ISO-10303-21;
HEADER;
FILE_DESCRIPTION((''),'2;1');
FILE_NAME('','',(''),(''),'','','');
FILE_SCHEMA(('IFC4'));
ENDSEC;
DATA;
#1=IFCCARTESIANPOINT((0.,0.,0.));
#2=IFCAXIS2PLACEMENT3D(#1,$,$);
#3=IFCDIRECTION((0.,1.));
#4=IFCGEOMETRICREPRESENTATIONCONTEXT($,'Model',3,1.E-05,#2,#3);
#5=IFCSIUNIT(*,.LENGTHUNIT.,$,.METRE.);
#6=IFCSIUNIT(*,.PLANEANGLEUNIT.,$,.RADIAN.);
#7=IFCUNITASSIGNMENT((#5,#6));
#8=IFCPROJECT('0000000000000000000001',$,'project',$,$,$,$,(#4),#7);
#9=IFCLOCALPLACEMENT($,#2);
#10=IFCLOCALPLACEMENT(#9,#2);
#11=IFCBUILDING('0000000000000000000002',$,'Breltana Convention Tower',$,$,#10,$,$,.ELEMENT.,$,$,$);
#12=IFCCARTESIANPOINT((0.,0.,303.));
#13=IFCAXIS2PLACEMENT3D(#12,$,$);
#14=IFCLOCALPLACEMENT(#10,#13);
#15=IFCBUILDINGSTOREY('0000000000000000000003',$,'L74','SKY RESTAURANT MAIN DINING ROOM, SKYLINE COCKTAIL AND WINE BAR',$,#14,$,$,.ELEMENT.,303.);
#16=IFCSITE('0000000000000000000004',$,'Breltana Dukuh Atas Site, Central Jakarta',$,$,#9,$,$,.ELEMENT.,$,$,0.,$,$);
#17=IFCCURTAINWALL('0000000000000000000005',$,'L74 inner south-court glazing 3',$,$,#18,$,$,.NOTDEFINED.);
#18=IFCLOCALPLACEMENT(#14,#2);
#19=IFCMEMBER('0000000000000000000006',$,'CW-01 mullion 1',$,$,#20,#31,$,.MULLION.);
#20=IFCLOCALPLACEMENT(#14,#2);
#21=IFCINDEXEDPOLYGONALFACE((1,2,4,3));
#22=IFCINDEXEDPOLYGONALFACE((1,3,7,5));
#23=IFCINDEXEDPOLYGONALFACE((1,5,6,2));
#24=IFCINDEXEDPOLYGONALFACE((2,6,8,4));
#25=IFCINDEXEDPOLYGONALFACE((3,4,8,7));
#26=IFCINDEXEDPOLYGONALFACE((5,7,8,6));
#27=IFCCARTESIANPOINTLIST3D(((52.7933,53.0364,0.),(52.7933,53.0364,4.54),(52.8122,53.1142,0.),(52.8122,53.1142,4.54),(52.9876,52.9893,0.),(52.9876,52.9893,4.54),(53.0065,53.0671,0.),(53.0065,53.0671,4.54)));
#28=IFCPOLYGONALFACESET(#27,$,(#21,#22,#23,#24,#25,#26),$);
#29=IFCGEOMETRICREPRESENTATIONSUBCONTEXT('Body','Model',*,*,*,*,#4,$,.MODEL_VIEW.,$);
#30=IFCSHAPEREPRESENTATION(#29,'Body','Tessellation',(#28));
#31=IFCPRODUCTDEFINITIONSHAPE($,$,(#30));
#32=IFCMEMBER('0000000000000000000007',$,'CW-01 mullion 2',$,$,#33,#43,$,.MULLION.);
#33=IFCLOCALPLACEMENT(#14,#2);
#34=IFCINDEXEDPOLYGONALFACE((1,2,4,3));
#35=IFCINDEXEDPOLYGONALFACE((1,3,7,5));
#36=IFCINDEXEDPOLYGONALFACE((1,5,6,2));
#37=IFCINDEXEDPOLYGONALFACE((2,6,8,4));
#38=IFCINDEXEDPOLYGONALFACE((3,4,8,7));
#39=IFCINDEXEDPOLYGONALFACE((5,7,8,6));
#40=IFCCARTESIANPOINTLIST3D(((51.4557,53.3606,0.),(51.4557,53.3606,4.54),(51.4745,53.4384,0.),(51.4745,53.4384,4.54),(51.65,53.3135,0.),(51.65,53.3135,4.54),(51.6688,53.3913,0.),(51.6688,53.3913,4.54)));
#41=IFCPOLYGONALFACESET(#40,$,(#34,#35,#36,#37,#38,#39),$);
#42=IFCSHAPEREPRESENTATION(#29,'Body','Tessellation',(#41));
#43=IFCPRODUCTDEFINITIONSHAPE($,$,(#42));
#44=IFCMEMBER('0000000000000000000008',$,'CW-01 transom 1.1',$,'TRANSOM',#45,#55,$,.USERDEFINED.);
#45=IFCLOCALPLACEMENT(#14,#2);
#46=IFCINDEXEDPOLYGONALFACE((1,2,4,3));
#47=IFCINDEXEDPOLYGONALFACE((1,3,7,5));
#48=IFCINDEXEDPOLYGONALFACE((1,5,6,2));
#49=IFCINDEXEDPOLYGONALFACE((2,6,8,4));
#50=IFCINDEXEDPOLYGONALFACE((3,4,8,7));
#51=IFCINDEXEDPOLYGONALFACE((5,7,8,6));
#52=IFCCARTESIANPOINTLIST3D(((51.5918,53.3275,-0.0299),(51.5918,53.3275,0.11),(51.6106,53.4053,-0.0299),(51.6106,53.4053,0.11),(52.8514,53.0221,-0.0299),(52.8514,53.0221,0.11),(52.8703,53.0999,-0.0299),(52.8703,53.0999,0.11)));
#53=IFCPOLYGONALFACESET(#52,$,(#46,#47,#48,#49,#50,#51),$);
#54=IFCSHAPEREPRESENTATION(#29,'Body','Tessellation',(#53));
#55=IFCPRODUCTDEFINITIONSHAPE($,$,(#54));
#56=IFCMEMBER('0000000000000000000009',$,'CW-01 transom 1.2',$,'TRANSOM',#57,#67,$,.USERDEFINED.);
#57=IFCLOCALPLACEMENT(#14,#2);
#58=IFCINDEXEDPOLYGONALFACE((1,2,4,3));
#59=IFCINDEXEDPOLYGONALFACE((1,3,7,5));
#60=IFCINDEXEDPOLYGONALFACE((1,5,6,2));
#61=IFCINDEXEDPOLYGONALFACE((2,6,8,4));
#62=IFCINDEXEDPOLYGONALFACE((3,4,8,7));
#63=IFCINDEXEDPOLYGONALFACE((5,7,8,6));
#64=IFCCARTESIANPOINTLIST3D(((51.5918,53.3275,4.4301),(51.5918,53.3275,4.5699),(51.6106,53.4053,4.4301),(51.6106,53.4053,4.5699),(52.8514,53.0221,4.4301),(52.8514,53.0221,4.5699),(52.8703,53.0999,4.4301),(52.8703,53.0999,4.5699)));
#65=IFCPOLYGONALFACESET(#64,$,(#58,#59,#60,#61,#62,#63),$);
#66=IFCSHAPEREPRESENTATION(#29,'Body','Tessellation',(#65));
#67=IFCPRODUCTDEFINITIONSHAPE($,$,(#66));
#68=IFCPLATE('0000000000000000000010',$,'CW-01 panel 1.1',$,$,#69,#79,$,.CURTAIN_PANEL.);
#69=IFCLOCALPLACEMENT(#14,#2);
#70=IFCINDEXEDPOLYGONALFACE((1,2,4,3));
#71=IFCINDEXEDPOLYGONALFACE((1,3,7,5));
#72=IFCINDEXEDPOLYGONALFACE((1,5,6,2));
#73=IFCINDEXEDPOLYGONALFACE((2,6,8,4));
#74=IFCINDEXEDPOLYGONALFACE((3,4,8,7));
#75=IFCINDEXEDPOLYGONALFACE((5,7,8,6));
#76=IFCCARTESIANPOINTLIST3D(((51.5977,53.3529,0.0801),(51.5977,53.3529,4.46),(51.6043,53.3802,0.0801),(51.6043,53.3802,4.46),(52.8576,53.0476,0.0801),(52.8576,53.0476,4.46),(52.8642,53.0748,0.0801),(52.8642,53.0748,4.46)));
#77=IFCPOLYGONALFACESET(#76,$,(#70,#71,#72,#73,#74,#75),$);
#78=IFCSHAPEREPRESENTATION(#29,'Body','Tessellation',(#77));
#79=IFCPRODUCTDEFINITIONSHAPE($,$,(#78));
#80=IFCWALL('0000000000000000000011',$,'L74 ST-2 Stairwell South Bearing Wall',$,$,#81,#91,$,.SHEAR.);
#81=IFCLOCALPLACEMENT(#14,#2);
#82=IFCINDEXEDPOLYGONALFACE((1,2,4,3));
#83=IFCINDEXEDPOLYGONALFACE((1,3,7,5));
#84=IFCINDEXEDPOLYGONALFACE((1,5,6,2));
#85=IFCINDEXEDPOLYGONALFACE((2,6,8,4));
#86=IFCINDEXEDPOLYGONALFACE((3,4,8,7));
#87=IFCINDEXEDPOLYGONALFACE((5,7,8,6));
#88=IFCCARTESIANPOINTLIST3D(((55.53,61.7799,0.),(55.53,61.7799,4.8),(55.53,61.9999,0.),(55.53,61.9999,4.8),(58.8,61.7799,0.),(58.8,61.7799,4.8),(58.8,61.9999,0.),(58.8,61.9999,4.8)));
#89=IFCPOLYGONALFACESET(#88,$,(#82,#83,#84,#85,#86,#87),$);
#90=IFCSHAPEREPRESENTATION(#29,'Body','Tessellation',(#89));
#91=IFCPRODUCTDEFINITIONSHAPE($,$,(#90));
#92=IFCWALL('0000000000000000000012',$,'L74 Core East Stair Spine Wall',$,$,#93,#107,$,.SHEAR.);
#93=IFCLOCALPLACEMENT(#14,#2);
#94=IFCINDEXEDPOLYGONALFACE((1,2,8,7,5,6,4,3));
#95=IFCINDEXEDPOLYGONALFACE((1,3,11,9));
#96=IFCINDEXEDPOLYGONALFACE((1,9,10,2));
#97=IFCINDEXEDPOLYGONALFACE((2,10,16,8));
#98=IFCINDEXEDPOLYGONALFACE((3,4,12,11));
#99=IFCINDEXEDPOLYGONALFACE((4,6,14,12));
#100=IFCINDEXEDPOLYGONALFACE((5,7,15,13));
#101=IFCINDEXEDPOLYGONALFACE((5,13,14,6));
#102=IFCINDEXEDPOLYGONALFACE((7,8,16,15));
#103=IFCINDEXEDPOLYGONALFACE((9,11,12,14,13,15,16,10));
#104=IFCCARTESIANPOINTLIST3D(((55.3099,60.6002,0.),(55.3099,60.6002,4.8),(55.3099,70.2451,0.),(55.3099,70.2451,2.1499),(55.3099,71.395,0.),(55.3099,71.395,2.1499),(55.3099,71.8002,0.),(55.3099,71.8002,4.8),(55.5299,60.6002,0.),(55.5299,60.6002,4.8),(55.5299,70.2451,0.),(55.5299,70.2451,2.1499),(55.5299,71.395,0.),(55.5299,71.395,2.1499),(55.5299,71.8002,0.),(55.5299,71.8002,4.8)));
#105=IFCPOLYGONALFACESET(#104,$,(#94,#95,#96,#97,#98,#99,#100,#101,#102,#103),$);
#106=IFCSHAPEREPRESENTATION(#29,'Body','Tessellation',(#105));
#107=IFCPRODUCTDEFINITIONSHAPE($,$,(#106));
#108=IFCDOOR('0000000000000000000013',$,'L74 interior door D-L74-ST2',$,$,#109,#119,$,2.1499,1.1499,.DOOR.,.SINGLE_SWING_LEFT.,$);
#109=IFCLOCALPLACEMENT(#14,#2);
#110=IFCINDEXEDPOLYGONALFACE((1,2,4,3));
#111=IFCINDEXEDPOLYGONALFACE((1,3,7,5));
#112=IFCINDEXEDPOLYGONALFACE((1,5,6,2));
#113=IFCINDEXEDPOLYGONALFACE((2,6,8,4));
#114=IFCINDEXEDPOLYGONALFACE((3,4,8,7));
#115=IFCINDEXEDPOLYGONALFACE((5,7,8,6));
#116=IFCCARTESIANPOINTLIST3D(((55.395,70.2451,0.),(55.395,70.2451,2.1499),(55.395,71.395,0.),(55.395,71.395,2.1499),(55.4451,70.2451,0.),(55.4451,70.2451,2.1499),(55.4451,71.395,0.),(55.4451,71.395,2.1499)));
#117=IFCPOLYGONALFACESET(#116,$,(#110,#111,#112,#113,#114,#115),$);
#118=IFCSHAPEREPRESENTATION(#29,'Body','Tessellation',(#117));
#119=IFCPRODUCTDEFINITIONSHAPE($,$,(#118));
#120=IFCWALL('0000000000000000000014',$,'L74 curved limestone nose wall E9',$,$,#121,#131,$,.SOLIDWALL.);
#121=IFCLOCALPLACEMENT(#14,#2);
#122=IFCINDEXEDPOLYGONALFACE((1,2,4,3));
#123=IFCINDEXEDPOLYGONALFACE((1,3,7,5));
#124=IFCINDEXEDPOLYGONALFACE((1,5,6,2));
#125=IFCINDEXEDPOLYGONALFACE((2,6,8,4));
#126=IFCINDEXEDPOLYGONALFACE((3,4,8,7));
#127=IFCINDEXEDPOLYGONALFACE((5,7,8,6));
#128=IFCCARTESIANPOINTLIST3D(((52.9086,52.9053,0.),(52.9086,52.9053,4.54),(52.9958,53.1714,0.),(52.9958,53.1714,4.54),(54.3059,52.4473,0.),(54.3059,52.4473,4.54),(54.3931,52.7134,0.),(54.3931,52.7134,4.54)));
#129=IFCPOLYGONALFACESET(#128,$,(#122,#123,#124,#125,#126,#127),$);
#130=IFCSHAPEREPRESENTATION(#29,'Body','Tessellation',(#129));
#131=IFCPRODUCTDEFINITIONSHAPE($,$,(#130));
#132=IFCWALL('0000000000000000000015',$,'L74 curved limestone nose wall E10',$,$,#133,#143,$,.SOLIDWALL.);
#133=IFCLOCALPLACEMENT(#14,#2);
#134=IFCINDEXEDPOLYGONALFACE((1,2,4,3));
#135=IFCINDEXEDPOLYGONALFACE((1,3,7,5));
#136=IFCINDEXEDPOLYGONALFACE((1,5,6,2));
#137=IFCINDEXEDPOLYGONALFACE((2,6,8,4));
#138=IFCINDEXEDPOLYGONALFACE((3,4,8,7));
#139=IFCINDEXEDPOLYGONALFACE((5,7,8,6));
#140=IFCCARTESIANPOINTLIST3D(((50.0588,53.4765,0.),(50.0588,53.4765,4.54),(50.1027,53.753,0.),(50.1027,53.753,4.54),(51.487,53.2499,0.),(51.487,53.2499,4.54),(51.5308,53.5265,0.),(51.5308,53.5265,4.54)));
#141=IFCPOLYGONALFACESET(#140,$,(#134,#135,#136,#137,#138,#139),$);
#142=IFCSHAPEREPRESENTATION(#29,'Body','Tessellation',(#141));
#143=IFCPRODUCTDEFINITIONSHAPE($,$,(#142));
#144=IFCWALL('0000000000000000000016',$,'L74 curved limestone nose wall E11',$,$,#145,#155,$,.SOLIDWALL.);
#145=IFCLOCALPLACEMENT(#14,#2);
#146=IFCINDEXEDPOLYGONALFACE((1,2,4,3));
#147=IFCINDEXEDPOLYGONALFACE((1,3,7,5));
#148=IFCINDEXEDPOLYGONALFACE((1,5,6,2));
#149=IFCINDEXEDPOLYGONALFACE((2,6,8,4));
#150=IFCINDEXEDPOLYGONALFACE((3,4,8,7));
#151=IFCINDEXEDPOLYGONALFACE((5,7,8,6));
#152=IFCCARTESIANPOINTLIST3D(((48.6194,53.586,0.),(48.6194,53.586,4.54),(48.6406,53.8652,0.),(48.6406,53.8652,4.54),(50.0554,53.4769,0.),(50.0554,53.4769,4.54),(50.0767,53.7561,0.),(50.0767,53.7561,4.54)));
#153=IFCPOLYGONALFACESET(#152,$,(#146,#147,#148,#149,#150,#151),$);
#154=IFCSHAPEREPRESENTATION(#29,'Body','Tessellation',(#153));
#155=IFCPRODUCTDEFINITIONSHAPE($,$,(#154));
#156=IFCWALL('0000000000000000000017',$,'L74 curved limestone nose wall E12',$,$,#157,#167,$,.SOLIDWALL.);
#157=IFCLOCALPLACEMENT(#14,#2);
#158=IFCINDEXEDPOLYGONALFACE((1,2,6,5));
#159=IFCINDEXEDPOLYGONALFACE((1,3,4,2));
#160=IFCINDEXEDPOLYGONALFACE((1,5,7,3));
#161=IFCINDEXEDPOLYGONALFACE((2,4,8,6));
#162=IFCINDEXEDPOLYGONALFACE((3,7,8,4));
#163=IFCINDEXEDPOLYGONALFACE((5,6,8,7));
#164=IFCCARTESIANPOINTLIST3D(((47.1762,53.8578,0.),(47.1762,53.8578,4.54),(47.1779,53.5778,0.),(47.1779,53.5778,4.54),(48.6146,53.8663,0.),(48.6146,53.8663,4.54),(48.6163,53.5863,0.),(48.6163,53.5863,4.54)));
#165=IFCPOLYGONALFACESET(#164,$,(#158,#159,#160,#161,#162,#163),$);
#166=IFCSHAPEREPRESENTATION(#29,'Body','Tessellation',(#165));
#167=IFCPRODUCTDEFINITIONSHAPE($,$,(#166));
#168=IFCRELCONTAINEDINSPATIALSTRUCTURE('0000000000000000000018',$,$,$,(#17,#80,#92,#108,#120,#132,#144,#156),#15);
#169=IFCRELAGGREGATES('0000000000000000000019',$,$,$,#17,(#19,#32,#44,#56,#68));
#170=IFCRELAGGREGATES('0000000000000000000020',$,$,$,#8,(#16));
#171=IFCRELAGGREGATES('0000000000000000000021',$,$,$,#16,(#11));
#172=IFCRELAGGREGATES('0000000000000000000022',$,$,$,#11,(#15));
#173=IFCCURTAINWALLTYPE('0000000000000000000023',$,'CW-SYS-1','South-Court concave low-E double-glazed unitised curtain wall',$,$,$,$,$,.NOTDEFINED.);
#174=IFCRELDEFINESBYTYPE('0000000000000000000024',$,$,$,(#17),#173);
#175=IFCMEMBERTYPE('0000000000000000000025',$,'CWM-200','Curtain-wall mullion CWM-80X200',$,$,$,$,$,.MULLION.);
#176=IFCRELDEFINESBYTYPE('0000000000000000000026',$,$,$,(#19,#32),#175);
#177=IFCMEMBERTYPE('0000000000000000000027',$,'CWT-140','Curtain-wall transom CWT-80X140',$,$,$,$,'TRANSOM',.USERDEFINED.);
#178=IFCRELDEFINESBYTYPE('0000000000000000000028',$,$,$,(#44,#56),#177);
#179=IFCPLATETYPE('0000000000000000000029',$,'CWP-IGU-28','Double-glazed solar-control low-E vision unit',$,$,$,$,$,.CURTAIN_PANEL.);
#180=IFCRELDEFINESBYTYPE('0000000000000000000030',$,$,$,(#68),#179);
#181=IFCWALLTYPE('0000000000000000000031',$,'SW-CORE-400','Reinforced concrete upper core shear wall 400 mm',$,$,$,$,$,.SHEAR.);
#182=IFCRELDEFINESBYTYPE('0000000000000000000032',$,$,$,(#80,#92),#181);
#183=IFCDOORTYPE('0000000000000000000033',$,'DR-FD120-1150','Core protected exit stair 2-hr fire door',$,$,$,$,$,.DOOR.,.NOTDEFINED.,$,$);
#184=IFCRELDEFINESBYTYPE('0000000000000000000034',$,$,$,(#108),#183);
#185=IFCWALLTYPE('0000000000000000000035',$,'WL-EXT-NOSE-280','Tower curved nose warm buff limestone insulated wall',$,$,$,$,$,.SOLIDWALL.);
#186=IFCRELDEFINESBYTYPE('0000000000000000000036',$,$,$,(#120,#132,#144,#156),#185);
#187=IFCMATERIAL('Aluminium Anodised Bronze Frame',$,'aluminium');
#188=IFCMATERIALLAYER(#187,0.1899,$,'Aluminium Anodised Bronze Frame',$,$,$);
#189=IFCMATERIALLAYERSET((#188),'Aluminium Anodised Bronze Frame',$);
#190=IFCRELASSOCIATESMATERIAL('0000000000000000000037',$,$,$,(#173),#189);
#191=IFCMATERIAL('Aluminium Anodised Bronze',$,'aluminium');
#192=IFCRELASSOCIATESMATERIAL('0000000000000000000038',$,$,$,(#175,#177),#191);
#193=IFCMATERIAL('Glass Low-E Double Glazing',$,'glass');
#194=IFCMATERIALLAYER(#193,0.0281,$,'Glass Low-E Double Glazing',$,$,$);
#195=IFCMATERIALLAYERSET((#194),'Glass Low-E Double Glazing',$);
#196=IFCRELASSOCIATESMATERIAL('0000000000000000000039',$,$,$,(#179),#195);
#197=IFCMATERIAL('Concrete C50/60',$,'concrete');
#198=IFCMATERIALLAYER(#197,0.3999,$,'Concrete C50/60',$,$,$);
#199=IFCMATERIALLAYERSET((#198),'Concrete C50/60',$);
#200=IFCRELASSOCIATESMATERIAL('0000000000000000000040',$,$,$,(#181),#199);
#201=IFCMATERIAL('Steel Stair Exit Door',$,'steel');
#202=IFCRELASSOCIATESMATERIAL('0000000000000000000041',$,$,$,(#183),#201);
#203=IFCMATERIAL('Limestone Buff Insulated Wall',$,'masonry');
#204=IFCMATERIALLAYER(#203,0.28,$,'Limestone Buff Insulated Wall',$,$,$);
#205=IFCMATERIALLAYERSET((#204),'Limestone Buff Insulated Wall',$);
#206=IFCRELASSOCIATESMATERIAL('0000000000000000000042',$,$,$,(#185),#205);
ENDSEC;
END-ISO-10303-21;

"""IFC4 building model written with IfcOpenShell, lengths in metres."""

from ifc_helpers import new_model, si_unit, direction, frame, frame_2d, origin, origin_2d, place, context, subcontext, project, spatial, rectangle, extrude, source, transform, mapped, material, layer, layer_set, material_profile, profile_set, type_object, type_shapes, element, fill, aggregate, save


model = new_model("IFC4")

# Units and contexts
model_context = context("Model", 3, precision=1e-05, world=origin(), true_north=direction((0.0, 1.0)))
body_context = subcontext(model_context, "Body", "Model", "MODEL_VIEW")
ifc_project = project(units=[si_unit("LENGTHUNIT", "METRE"), si_unit("PLANEANGLEUNIT", "RADIAN")], contexts=[model_context])

# Site, building, storey
site_placement = place(None, origin())
site = spatial("IfcSite", under=ifc_project, at=site_placement, Name="Breltana Dukuh Atas Site, Central Jakarta", CompositionType="ELEMENT", RefElevation=0.0)
building_placement = place(site_placement, origin())
building = spatial("IfcBuilding", under=site, at=building_placement, Name="Breltana Convention Tower", CompositionType="ELEMENT")
storey_placement = place(building_placement, frame((0.0, 0.0, 303.0)))
storey = spatial("IfcBuildingStorey", under=building, at=storey_placement, Name="L74", Description="SKY RESTAURANT MAIN DINING ROOM, SKYLINE COCKTAIL AND WINE BAR", CompositionType="ELEMENT", Elevation=303.0)

# Curtain wall, members, plate
ifc_material_1 = material(Name="Aluminium Anodised Bronze Frame", Category="aluminium")
ifc_layer_1 = layer(ifc_material_1, 0.1899, Name="Aluminium Anodised Bronze Frame")
ifc_layer_set_1 = layer_set([ifc_layer_1], Name="Aluminium Anodised Bronze Frame")
curtain_wall_type = type_object("IfcCurtainWallType", Name="CW-SYS-1", Description="South-Court concave low-E double-glazed unitised curtain wall", PredefinedType="NOTDEFINED", material=ifc_layer_set_1)
curtain_wall_placement = place(storey_placement, origin())
curtain_wall = element("IfcCurtainWall", 1, at=curtain_wall_placement, inside=storey, type_object=curtain_wall_type, Name="L74 inner south-court glazing 3", PredefinedType="NOTDEFINED")
ifc_material_2 = material(Name="Aluminium Anodised Bronze", Category="aluminium")
ifc_material_profile_1 = material_profile(ifc_material_2, rectangle(XDim=0.0801, YDim=0.2, at=origin_2d()), Name="CWM-80X200")
ifc_profile_set_1 = profile_set([ifc_material_profile_1], Name="Aluminium Anodised Bronze")
member_type_1 = type_object("IfcMemberType", Name="CWM-200", Description="Curtain-wall mullion CWM-80X200", PredefinedType="MULLION", material=ifc_profile_set_1)
shared_shape_1 = source(origin(), body_context, "Body", "SweptSolid", [
    extrude(rectangle(XDim=0.0801, YDim=0.2, at=origin_2d()), origin(), (0.0, 0.0, 1.0), 4.54),
])
member_1_placement = place(storey_placement, frame((52.8999, 53.0518, 0.0), z_axis=(0.0, 0.0, 1.0), x_axis=(-0.235517, -0.97187, 0.0)))
member_1 = element("IfcMember", 2, at=member_1_placement, type_object=member_type_1, Name="CW-01 mullion 1", PredefinedType="MULLION", context=body_context, shape_type="MappedRepresentation", body=[
    mapped(shared_shape_1, transform((0.0, 0.0, 0.0), scale=1.0)),
])
member_2_placement = place(storey_placement, frame((51.5623, 53.376, 0.0), z_axis=(0.0, 0.0, 1.0), x_axis=(-0.235517, -0.97187, 0.0)))
member_2 = element("IfcMember", 3, at=member_2_placement, type_object=member_type_1, Name="CW-01 mullion 2", PredefinedType="MULLION", context=body_context, shape_type="MappedRepresentation", body=[
    mapped(shared_shape_1, transform((0.0, 0.0, 0.0), scale=1.0)),
])
ifc_material_profile_2 = material_profile(ifc_material_2, rectangle(XDim=0.0801, YDim=0.1399, at=origin_2d()), Name="CWT-80X140")
ifc_profile_set_2 = profile_set([ifc_material_profile_2], Name="Aluminium Anodised Bronze")
member_type_2 = type_object("IfcMemberType", Name="CWT-140", Description="Curtain-wall transom CWT-80X140", ElementType="TRANSOM", PredefinedType="USERDEFINED", material=ifc_profile_set_2)
shared_shape_2 = source(origin(), body_context, "Body", "SweptSolid", [
    extrude(rectangle(XDim=0.0801, YDim=0.1399, at=origin_2d()), origin(), (0.0, 0.0, 1.0), 1.2961),
])
member_3_placement = place(storey_placement, frame((52.8608, 53.061, 0.04), z_axis=(-0.971846, 0.235616, 0.0), x_axis=(-0.235616, -0.971846, 0.0)))
member_3 = element("IfcMember", 4, at=member_3_placement, type_object=member_type_2, Name="CW-01 transom 1.1", ObjectType="TRANSOM", PredefinedType="USERDEFINED", context=body_context, shape_type="MappedRepresentation", body=[
    mapped(shared_shape_2, transform((0.0, 0.0, 0.0), scale=1.0)),
])
member_4_placement = place(storey_placement, frame((52.8608, 53.061, 4.5), z_axis=(-0.971846, 0.235616, 0.0), x_axis=(-0.235616, -0.971846, 0.0)))
member_4 = element("IfcMember", 5, at=member_4_placement, type_object=member_type_2, Name="CW-01 transom 1.2", ObjectType="TRANSOM", PredefinedType="USERDEFINED", context=body_context, shape_type="MappedRepresentation", body=[
    mapped(shared_shape_2, transform((0.0, 0.0, 0.0), scale=1.0)),
])
ifc_material_3 = material(Name="Glass Low-E Double Glazing", Category="glass")
ifc_layer_2 = layer(ifc_material_3, 0.0281, Name="Glass Low-E Double Glazing")
ifc_layer_set_2 = layer_set([ifc_layer_2], Name="Glass Low-E Double Glazing")
plate_type = type_object("IfcPlateType", Name="CWP-IGU-28", Description="Double-glazed solar-control low-E vision unit", PredefinedType="CURTAIN_PANEL", material=ifc_layer_set_2)
shared_shape_3 = source(origin(), body_context, "Body", "SweptSolid", [
    extrude(rectangle(XDim=1.2964, YDim=0.0281, at=origin_2d()), origin(), (0.0, 0.0, 1.0), 4.3799),
])
plate_placement = place(storey_placement, frame((52.231, 53.2139, 0.0801), z_axis=(0.0, 0.0, 1.0), x_axis=(-0.97187, 0.235517, 0.0)))
plate = element("IfcPlate", 6, at=plate_placement, type_object=plate_type, Name="CW-01 panel 1.1", PredefinedType="CURTAIN_PANEL", context=body_context, shape_type="MappedRepresentation", body=[
    mapped(shared_shape_3, transform((0.0, 0.0, 0.0), scale=1.0)),
])
aggregate(curtain_wall, [member_1, member_2, member_3, member_4, plate])

# Wall
ifc_material_4 = material(Name="Concrete C50/60", Category="concrete")
ifc_layer_3 = layer(ifc_material_4, 0.3999, Name="Concrete C50/60")
ifc_layer_set_3 = layer_set([ifc_layer_3], Name="Concrete C50/60")
wall_type_1 = type_object("IfcWallType", Name="SW-CORE-400", Description="Reinforced concrete upper core shear wall 400 mm", PredefinedType="SHEAR", material=ifc_layer_set_3)
shared_shape_4 = source(origin(), body_context, "Body", "SweptSolid", [
    extrude(rectangle(XDim=3.27, YDim=0.22, at=frame_2d((1.635, 0.0))), origin(), (0.0, 0.0, 1.0), 4.8),
])
wall_1_placement = place(storey_placement, frame((55.53, 61.8899, 0.0), z_axis=(0.0, 0.0, 1.0), x_axis=(1.0, 0.0, 0.0)))
element("IfcWall", 7, at=wall_1_placement, inside=storey, type_object=wall_type_1, Name="L74 ST-2 Stairwell South Bearing Wall", PredefinedType="SHEAR", context=body_context, shape_type="MappedRepresentation", body=[
    mapped(shared_shape_4, transform((0.0, 0.0, 0.0), scale=1.0)),
])

# Wall, opening, door
shared_shape_5 = source(origin(), body_context, "Body", "SweptSolid", [
    extrude(rectangle(XDim=11.2, YDim=0.22, at=frame_2d((5.6001, 0.0))), origin(), (0.0, 0.0, 1.0), 4.8),
])
wall_2_placement = place(storey_placement, frame((55.4199, 60.6001, 0.0), z_axis=(0.0, 0.0, 1.0), x_axis=(0.0, 1.0, 0.0)))
wall_2 = element("IfcWall", 8, at=wall_2_placement, inside=storey, type_object=wall_type_1, Name="L74 Core East Stair Spine Wall", PredefinedType="SHEAR", context=body_context, shape_type="MappedRepresentation", body=[
    mapped(shared_shape_5, transform((0.0, 0.0, 0.0), scale=1.0)),
])
opening_1_placement = place(wall_2_placement, frame((9.645, 0.0, 0.0)))
opening_1 = element("IfcOpeningElement", 9, at=opening_1_placement, cuts=wall_2, PredefinedType="OPENING", context=body_context, shape_type="SweptSolid", body=[
    extrude(rectangle(XDim=1.1499, YDim=2.1499, at=frame_2d((0.575, 1.075))), frame((0.0, 0.1201, 0.0), z_axis=(0.0, -1.0, 0.0), x_axis=(1.0, 0.0, 0.0)), (0.0, 0.0, 1.0), 0.24),
])
ifc_material_5 = material(Name="Steel Stair Exit Door", Category="steel")
door_type_1 = type_object("IfcDoorType", Name="DR-FD120-1150", Description="Core protected exit stair 2-hr fire door", OperationType="NOTDEFINED", PredefinedType="DOOR", material=ifc_material_5)
shared_shape_6 = source(origin(), body_context, "Body", "SweptSolid", [
    extrude(rectangle(XDim=1.1499, YDim=2.1499, at=frame_2d((0.575, 1.075))), frame((0.0, 0.0249, 0.0), z_axis=(0.0, -1.0, 0.0), x_axis=(1.0, 0.0, 0.0)), (0.0, 0.0, 1.0), 0.05),
])
type_shapes(door_type_1, [shared_shape_6])
door_1_placement = place(opening_1_placement, origin())
door_1 = element("IfcDoor", 10, at=door_1_placement, inside=storey, type_object=door_type_1, Name="L74 interior door D-L74-ST2", OperationType="SINGLE_SWING_LEFT", OverallHeight=2.1499, OverallWidth=1.1499, PredefinedType="DOOR", context=body_context, shape_type="MappedRepresentation", body=[
    mapped(shared_shape_6, transform((0.0, 0.0, 0.0), scale=1.0)),
])
fill(opening_1, door_1)

# Walls
ifc_material_6 = material(Name="Limestone Buff Insulated Wall", Category="masonry")
ifc_layer_4 = layer(ifc_material_6, 0.28, Name="Limestone Buff Insulated Wall")
ifc_layer_set_4 = layer_set([ifc_layer_4], Name="Limestone Buff Insulated Wall")
wall_type_2 = type_object("IfcWallType", Name="WL-EXT-NOSE-280", Description="Tower curved nose warm buff limestone insulated wall", PredefinedType="SOLIDWALL", material=ifc_layer_set_4)
shared_shape_7 = source(origin(), body_context, "Body", "SweptSolid", [
    extrude(rectangle(XDim=1.4705, YDim=0.28, at=frame_2d((0.7354, 0.0))), origin(), (0.0, 0.0, 1.0), 4.54),
])
wall_3_placement = place(storey_placement, frame((54.3496, 52.5803, 0.0), z_axis=(0.0, 0.0, 1.0), x_axis=(-0.950249, 0.311492, 0.0)))
element("IfcWall", 11, at=wall_3_placement, inside=storey, type_object=wall_type_2, Name="L74 curved limestone nose wall E9", PredefinedType="SOLIDWALL", context=body_context, shape_type="MappedRepresentation", body=[
    mapped(shared_shape_7, transform((0.0, 0.0, 0.0), scale=1.0)),
])
shared_shape_8 = source(origin(), body_context, "Body", "SweptSolid", [
    extrude(rectangle(XDim=1.446, YDim=0.28, at=frame_2d((0.7231, 0.0))), origin(), (0.0, 0.0, 1.0), 4.54),
])
wall_4_placement = place(storey_placement, frame((51.509, 53.3882, 0.0), z_axis=(0.0, 0.0, 1.0), x_axis=(-0.98765, 0.156673, 0.0)))
element("IfcWall", 12, at=wall_4_placement, inside=storey, type_object=wall_type_2, Name="L74 curved limestone nose wall E10", PredefinedType="SOLIDWALL", context=body_context, shape_type="MappedRepresentation", body=[
    mapped(shared_shape_8, transform((0.0, 0.0, 0.0), scale=1.0)),
])
shared_shape_9 = source(origin(), body_context, "Body", "SweptSolid", [
    extrude(rectangle(XDim=1.4402, YDim=0.28, at=frame_2d((0.7202, 0.0))), origin(), (0.0, 0.0, 1.0), 4.54),
])
wall_5_placement = place(storey_placement, frame((50.0662, 53.6165, 0.0), z_axis=(0.0, 0.0, 1.0), x_axis=(-0.997125, 0.075776, 0.0)))
element("IfcWall", 13, at=wall_5_placement, inside=storey, type_object=wall_type_2, Name="L74 curved limestone nose wall E11", PredefinedType="SOLIDWALL", context=body_context, shape_type="MappedRepresentation", body=[
    mapped(shared_shape_9, transform((0.0, 0.0, 0.0), scale=1.0)),
])
shared_shape_10 = source(origin(), body_context, "Body", "SweptSolid", [
    extrude(rectangle(XDim=1.4385, YDim=0.28, at=frame_2d((0.7192, 0.0))), origin(), (0.0, 0.0, 1.0), 4.54),
])
wall_6_placement = place(storey_placement, frame((48.6155, 53.7263, 0.0), z_axis=(0.0, 0.0, 1.0), x_axis=(-0.999982, -0.00594, 0.0)))
element("IfcWall", 14, at=wall_6_placement, inside=storey, type_object=wall_type_2, Name="L74 curved limestone nose wall E12", PredefinedType="SOLIDWALL", context=body_context, shape_type="MappedRepresentation", body=[
    mapped(shared_shape_10, transform((0.0, 0.0, 0.0), scale=1.0)),
])

save(model, "model.ifc")
